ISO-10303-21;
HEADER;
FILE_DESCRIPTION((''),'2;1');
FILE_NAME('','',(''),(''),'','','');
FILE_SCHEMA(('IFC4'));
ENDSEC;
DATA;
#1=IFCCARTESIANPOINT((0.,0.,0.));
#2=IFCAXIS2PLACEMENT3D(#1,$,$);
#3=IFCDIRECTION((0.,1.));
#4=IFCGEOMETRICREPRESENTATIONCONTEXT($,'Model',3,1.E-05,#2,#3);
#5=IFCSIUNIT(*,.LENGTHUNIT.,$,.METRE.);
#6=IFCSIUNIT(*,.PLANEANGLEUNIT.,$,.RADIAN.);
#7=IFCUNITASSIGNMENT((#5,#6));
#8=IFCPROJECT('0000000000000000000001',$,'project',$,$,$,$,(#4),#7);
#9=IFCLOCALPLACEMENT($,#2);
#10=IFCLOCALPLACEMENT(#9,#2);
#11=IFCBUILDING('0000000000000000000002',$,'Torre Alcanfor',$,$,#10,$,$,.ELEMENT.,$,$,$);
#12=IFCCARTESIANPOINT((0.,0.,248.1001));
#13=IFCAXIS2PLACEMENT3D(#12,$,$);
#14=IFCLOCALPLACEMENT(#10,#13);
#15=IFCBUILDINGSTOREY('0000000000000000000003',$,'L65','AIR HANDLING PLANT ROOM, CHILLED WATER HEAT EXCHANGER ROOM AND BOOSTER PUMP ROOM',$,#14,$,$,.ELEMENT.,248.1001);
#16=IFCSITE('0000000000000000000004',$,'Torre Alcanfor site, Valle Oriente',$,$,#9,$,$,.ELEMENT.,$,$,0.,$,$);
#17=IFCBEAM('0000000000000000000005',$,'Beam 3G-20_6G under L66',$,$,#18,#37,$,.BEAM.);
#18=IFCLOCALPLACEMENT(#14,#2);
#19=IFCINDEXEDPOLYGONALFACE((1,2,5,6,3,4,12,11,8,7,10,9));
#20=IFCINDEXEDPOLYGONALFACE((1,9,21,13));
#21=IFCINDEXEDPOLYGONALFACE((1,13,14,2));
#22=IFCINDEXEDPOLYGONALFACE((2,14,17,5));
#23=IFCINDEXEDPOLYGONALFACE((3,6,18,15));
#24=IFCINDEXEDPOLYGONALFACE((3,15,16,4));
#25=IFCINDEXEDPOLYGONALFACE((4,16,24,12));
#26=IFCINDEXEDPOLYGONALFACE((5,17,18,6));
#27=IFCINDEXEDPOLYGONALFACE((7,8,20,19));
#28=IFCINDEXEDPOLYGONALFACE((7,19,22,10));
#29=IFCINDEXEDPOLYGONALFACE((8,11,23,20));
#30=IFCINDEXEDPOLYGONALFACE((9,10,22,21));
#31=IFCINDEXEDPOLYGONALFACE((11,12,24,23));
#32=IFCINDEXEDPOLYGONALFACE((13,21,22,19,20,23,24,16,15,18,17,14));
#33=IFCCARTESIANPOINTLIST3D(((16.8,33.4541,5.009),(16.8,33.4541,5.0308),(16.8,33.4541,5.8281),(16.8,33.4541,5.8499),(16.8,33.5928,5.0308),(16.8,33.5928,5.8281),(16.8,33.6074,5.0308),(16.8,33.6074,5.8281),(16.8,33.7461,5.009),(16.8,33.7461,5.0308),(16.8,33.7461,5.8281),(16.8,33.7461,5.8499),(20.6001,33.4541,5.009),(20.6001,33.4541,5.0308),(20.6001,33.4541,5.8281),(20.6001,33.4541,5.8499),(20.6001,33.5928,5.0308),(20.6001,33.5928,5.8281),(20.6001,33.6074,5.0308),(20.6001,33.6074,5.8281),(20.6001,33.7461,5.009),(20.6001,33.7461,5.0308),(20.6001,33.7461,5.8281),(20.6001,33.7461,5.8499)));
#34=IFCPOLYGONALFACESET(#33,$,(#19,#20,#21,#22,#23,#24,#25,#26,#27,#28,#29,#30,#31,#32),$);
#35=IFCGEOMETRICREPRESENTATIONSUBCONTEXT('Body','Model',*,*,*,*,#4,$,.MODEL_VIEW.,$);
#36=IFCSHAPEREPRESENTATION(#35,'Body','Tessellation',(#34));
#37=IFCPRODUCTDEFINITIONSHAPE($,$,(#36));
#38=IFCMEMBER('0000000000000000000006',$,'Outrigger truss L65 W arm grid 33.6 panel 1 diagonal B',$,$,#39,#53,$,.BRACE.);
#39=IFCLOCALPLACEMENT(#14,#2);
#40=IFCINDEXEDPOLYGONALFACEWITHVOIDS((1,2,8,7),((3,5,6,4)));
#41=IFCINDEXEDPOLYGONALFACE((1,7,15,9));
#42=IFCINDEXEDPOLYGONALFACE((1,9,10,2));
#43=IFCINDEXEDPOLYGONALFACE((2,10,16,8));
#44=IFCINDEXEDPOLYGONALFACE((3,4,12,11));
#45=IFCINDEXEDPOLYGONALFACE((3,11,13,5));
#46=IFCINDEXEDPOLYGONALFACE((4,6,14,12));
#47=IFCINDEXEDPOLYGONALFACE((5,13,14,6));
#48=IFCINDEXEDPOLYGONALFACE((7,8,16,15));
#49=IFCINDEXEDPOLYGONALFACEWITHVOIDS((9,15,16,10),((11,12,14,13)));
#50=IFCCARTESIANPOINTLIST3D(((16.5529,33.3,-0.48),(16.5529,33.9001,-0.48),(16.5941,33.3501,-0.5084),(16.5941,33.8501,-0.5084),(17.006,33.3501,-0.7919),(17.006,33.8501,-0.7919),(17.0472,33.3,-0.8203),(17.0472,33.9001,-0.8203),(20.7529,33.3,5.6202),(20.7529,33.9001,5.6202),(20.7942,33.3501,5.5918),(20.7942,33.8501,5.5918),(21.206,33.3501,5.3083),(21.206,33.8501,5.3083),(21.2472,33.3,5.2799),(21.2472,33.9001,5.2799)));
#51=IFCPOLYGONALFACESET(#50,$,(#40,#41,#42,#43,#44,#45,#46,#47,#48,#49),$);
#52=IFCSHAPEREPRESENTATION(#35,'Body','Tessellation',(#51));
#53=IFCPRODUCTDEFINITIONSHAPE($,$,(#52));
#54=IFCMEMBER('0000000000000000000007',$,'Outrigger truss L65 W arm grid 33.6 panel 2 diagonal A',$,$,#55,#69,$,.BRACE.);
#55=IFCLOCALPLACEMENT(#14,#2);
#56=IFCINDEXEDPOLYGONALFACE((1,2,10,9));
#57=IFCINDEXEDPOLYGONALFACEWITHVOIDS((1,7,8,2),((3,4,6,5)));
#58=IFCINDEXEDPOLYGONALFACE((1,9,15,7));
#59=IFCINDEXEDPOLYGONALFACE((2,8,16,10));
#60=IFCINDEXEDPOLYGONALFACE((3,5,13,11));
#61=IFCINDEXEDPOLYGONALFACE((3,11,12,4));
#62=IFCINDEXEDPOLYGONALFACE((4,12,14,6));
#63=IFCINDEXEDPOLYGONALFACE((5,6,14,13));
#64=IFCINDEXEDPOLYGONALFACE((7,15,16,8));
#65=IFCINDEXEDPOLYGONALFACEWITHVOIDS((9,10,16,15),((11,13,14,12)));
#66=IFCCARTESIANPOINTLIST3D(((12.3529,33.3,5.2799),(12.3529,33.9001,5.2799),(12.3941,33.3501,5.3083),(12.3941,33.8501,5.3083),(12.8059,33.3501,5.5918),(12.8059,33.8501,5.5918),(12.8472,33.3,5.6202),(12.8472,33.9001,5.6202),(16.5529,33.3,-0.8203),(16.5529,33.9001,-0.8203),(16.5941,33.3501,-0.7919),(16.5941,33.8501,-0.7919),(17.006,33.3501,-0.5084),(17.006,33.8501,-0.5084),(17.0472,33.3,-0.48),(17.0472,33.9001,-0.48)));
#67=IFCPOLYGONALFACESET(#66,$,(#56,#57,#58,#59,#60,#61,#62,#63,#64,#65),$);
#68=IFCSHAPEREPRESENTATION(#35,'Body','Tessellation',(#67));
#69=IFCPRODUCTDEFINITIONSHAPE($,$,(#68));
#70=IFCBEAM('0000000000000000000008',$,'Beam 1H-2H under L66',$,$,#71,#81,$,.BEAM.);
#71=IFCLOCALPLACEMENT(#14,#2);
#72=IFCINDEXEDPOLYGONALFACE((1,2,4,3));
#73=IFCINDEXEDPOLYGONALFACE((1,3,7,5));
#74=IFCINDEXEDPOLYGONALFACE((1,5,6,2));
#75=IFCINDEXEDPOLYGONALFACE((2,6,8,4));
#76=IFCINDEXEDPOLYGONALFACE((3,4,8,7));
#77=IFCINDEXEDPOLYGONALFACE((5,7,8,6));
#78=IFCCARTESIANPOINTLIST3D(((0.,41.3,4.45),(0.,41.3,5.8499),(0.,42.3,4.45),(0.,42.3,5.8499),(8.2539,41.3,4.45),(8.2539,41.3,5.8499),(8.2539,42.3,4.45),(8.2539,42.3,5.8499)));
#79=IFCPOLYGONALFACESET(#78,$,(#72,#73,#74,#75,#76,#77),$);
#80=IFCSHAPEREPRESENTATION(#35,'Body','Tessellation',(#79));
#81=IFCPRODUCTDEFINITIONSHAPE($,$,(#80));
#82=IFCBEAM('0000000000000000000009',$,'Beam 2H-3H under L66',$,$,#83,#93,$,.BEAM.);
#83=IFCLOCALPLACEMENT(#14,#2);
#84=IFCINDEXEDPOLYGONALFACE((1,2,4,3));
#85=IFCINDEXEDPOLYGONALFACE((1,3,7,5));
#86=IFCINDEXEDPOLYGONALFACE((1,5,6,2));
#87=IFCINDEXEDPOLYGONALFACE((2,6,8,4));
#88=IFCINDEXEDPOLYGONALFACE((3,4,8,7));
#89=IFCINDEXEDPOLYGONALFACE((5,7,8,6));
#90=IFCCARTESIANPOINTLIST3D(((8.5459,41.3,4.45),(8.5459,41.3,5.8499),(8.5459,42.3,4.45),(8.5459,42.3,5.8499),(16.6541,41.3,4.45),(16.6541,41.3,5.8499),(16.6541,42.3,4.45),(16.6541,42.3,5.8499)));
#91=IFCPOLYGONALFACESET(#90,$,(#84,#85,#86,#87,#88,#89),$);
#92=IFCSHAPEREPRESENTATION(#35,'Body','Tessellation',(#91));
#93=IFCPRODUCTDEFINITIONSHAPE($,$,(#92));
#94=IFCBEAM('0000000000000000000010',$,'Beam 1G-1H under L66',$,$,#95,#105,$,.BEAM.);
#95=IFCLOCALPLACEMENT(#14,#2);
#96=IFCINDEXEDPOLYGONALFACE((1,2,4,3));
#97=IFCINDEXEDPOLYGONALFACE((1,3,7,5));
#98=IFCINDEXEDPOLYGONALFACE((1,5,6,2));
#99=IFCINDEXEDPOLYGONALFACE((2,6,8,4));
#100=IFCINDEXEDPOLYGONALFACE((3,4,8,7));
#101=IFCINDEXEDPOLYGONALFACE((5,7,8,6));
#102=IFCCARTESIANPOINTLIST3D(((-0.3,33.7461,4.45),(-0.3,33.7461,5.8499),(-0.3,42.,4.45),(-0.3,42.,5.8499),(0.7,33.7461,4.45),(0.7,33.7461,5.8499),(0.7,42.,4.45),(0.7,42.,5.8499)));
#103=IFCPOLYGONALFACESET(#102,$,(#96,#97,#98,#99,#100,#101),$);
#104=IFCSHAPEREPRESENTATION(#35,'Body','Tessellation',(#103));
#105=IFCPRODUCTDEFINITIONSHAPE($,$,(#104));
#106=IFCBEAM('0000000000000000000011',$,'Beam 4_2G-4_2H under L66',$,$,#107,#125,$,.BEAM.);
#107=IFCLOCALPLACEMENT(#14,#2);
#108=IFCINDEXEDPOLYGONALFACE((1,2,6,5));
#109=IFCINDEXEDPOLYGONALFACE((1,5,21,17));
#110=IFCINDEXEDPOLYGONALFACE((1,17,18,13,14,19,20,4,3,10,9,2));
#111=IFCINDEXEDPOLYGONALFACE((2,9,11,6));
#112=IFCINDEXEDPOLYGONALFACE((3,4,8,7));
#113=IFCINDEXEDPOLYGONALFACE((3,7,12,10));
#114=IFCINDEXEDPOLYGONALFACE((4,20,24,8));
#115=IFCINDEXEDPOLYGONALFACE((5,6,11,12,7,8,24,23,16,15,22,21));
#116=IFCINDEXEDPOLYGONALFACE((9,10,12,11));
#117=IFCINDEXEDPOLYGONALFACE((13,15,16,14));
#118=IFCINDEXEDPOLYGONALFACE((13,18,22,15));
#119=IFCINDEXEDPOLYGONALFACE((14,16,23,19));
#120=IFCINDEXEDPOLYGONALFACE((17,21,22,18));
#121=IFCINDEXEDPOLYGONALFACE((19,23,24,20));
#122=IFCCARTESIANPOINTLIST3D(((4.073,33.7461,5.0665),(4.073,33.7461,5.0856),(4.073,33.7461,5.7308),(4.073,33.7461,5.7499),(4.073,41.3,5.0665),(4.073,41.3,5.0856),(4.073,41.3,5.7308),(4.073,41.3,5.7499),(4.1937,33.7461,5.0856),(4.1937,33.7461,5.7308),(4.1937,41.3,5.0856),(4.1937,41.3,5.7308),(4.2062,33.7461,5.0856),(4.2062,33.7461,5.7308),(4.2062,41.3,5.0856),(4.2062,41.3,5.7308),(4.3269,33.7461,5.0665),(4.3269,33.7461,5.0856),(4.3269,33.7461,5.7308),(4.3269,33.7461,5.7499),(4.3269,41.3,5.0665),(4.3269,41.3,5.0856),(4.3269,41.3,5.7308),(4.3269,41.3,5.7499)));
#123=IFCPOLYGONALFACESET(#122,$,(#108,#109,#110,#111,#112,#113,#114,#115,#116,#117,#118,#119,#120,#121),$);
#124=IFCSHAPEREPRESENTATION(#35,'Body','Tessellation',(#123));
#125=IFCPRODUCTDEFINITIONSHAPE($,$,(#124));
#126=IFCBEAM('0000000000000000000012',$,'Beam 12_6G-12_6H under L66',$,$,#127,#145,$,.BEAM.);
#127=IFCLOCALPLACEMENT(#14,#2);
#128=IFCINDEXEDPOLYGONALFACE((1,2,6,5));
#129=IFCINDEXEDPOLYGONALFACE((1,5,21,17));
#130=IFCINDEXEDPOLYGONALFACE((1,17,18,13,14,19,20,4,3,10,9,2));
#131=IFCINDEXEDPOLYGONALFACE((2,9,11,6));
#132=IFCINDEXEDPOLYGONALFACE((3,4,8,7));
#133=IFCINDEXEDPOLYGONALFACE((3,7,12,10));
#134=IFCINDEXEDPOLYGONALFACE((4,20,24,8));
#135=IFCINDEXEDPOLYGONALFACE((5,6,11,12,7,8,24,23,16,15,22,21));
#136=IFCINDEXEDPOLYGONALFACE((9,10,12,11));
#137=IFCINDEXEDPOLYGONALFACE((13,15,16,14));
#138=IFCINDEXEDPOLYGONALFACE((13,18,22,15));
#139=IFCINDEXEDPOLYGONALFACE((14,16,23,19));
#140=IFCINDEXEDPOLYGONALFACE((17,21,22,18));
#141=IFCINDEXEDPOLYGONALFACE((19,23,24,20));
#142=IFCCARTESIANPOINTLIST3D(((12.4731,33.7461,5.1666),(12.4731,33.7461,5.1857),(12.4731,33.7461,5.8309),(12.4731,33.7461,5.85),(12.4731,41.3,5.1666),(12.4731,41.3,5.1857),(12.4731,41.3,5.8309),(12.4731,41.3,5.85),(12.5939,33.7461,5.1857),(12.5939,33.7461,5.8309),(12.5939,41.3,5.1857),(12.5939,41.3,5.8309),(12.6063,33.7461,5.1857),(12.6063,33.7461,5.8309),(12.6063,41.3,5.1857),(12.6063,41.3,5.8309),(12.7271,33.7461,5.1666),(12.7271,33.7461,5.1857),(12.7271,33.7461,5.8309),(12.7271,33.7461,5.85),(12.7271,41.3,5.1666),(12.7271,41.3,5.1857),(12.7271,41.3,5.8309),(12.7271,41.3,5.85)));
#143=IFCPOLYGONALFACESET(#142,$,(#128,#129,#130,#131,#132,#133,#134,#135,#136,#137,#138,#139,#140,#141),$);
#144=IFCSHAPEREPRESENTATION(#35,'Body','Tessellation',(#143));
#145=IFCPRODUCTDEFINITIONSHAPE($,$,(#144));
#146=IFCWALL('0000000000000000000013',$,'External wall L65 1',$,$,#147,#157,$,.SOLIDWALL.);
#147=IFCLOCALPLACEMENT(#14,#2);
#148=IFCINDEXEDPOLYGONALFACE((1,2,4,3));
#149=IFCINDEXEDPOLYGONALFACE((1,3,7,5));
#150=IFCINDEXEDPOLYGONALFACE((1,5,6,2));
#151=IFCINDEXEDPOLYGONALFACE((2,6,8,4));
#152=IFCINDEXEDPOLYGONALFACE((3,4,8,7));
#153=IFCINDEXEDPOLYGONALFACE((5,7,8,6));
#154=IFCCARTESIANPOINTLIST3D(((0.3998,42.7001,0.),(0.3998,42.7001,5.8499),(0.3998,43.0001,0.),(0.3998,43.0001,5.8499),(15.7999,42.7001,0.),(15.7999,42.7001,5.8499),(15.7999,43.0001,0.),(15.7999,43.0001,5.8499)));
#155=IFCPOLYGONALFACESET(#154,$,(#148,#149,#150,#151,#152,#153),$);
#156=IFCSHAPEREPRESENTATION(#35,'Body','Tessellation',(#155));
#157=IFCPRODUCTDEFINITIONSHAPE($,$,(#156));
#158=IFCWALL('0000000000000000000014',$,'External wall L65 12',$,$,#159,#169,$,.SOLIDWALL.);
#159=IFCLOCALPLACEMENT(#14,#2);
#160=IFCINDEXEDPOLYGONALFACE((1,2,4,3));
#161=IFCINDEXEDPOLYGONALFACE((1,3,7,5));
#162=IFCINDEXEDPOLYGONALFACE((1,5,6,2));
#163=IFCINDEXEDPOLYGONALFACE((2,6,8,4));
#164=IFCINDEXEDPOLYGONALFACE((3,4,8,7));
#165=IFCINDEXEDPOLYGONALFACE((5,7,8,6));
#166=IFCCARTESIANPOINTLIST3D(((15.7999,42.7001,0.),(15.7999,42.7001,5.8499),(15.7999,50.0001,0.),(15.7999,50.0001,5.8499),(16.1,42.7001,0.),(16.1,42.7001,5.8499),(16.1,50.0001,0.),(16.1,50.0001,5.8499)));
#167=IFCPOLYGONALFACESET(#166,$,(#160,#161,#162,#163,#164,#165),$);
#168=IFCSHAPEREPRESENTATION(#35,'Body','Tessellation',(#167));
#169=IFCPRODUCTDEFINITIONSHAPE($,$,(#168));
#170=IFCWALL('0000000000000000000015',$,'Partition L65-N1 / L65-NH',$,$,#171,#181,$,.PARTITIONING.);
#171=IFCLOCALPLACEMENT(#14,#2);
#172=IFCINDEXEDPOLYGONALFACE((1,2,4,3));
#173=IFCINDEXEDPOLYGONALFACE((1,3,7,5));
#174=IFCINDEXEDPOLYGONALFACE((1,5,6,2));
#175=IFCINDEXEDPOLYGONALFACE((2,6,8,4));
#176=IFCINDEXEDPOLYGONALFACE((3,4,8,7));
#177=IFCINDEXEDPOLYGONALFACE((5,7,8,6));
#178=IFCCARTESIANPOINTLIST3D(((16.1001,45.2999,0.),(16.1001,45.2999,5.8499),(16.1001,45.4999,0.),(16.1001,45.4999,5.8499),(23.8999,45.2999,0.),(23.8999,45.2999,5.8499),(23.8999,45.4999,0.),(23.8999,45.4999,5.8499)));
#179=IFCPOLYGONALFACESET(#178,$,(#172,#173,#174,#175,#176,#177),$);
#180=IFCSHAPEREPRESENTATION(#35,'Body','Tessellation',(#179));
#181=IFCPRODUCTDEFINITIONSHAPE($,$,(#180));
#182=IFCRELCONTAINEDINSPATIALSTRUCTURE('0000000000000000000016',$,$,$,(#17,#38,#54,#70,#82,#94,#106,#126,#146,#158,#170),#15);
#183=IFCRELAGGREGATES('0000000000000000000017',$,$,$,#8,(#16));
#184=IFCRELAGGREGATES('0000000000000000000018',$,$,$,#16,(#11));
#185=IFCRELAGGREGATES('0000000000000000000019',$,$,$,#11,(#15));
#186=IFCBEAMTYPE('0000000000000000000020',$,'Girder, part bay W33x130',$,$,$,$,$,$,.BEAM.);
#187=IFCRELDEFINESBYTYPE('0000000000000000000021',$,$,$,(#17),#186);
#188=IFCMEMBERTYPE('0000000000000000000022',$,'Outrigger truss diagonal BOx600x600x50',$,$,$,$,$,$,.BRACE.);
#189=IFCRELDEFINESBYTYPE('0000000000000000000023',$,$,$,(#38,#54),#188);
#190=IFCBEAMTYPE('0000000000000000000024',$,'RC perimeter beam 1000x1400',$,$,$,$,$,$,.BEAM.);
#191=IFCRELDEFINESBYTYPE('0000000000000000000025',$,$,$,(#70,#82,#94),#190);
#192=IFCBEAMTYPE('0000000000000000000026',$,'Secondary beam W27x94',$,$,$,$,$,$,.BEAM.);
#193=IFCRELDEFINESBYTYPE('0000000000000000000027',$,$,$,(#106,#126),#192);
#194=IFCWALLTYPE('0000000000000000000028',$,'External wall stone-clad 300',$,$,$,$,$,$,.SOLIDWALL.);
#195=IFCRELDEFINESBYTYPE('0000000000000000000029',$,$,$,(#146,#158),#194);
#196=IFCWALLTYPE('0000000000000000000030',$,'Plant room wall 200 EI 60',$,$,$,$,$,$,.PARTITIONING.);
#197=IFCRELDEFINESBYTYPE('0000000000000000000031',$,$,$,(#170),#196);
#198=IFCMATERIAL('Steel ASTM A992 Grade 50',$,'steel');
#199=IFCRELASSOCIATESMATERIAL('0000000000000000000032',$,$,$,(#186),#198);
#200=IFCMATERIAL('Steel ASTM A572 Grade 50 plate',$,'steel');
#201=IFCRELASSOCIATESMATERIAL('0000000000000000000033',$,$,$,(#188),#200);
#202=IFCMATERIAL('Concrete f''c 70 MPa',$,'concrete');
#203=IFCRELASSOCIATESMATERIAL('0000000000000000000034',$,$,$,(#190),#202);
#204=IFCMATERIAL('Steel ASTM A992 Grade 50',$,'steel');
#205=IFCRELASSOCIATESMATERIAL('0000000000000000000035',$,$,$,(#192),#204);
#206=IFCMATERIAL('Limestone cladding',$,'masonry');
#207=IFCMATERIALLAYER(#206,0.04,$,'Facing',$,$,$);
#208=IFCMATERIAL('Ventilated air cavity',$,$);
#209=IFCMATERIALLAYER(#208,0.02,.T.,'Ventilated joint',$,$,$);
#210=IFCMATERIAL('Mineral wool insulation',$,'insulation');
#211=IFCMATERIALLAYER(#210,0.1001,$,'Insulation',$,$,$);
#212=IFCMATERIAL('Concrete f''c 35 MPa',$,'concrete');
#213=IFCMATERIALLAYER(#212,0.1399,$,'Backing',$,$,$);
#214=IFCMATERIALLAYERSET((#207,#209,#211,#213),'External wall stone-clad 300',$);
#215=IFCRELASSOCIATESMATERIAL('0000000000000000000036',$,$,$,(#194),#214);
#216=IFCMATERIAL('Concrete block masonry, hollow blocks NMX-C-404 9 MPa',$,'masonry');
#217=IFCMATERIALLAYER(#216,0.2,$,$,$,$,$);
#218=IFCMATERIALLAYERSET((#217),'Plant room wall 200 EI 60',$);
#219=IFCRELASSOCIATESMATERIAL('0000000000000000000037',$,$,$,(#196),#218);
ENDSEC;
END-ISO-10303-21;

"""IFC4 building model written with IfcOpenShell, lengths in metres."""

from ifc_helpers import new_model, si_unit, direction, frame, frame_2d, origin, origin_2d, place, context, subcontext, project, spatial, rectangle, hollow_rectangle, i_section, extrude, material, layer, layer_set, material_profile, profile_set, type_object, element, save


model = new_model("IFC4")

# Units and contexts
model_context = context("Model", 3, precision=1e-05, world=origin(), true_north=direction((0.0, 1.0)))
body_context = subcontext(model_context, "Body", "Model", "MODEL_VIEW")
ifc_project = project(units=[si_unit("LENGTHUNIT", "METRE"), si_unit("PLANEANGLEUNIT", "RADIAN")], contexts=[model_context])

# Site, building, storey
site_placement = place(None, origin())
site = spatial("IfcSite", under=ifc_project, at=site_placement, Name="Torre Alcanfor site, Valle Oriente", CompositionType="ELEMENT", RefElevation=0.0)
building_placement = place(site_placement, origin())
building = spatial("IfcBuilding", under=site, at=building_placement, Name="Torre Alcanfor", CompositionType="ELEMENT")
storey_placement = place(building_placement, frame((0.0, 0.0, 248.1001)))
storey = spatial("IfcBuildingStorey", under=building, at=storey_placement, Name="L65", Description="AIR HANDLING PLANT ROOM, CHILLED WATER HEAT EXCHANGER ROOM AND BOOSTER PUMP ROOM", CompositionType="ELEMENT", Elevation=248.1001)

# Beam
ifc_material_1 = material(Name="Steel ASTM A992 Grade 50", Category="steel")
ifc_material_profile_1 = material_profile(ifc_material_1, i_section(OverallWidth=0.292, OverallDepth=0.8408, WebThickness=0.0146, FlangeThickness=0.0217, at=origin_2d()), Name="W33x130")
ifc_profile_set_1 = profile_set([ifc_material_profile_1], Name="Steel ASTM A992 Grade 50")
beam_type_1 = type_object("IfcBeamType", Name="Girder, part bay W33x130", PredefinedType="BEAM", material=ifc_profile_set_1)
beam_1_placement = place(storey_placement, frame((16.8, 33.6001, 5.4294), z_axis=(1.0, 0.0, 0.0), x_axis=(0.0, 1.0, 0.0)))
element("IfcBeam", 1, at=beam_1_placement, inside=storey, type_object=beam_type_1, Name="Beam 3G-20_6G under L66", PredefinedType="BEAM", context=body_context, shape_type="SweptSolid", body=[
    extrude(i_section(OverallWidth=0.292, OverallDepth=0.8408, WebThickness=0.0146, FlangeThickness=0.0217, at=origin_2d()), origin(), (0.0, 0.0, 1.0), 3.8),
])

# Members
ifc_material_2 = material(Name="Steel ASTM A572 Grade 50 plate", Category="steel")
ifc_material_profile_2 = material_profile(ifc_material_2, hollow_rectangle(XDim=0.6001, YDim=0.6001, WallThickness=0.05, at=origin_2d()), Name="BOX 600x600x50")
ifc_profile_set_2 = profile_set([ifc_material_profile_2], Name="Steel ASTM A572 Grade 50 plate")
member_type_1 = type_object("IfcMemberType", Name="Outrigger truss diagonal BOx600x600x50", PredefinedType="BRACE", material=ifc_profile_set_2)
for number, where, z_axis, x_axis, name in (
    (2, (16.8, 33.6001, -0.6501), (0.567091, 0.0, 0.823655), (0.0, 1.0, 0.0), "Outrigger truss L65 W arm grid 33.6 panel 1 diagonal B"),
    (3, (16.8, 33.6001, -0.6501), (-0.567091, 0.0, 0.823655), (0.0, -1.0, 0.0), "Outrigger truss L65 W arm grid 33.6 panel 2 diagonal A"),
):
    element("IfcMember", number, at=place(storey_placement, frame(where, z_axis=z_axis, x_axis=x_axis)), inside=storey, type_object=member_type_1, Name=name, PredefinedType="BRACE", context=body_context, shape_type="SweptSolid", body=[
        extrude(hollow_rectangle(XDim=0.6001, YDim=0.6001, WallThickness=0.05, at=origin_2d()), origin(), (0.0, 0.0, 1.0), 7.4062),
    ])

# Beams
ifc_material_3 = material(Name="Concrete f'c 70 MPa", Category="concrete")
ifc_material_profile_3 = material_profile(ifc_material_3, rectangle(XDim=1.0, YDim=1.3999, at=origin_2d()), Name="1000x1400")
ifc_profile_set_3 = profile_set([ifc_material_profile_3], Name="Concrete f'c 70 MPa")
beam_type_2 = type_object("IfcBeamType", Name="RC perimeter beam 1000x1400", PredefinedType="BEAM", material=ifc_profile_set_3)
beam_2_placement = place(storey_placement, frame((0.0, 41.8, 5.1499), z_axis=(1.0, 0.0, 0.0), x_axis=(0.0, 1.0, 0.0)))
element("IfcBeam", 4, at=beam_2_placement, inside=storey, type_object=beam_type_2, Name="Beam 1H-2H under L66", PredefinedType="BEAM", context=body_context, shape_type="SweptSolid", body=[
    extrude(rectangle(XDim=1.0, YDim=1.3999, at=origin_2d()), origin(), (0.0, 0.0, 1.0), 8.2539),
])
beam_3_placement = place(storey_placement, frame((8.5459, 41.8, 5.1499), z_axis=(1.0, 0.0, 0.0), x_axis=(0.0, 1.0, 0.0)))
element("IfcBeam", 5, at=beam_3_placement, inside=storey, type_object=beam_type_2, Name="Beam 2H-3H under L66", PredefinedType="BEAM", context=body_context, shape_type="SweptSolid", body=[
    extrude(rectangle(XDim=1.0, YDim=1.3999, at=origin_2d()), origin(), (0.0, 0.0, 1.0), 8.1082),
])
beam_4_placement = place(storey_placement, frame((0.2, 33.7461, 5.1499), z_axis=(0.0, 1.0, 0.0), x_axis=(-1.0, 0.0, 0.0)))
element("IfcBeam", 6, at=beam_4_placement, inside=storey, type_object=beam_type_2, Name="Beam 1G-1H under L66", PredefinedType="BEAM", context=body_context, shape_type="SweptSolid", body=[
    extrude(rectangle(XDim=1.0, YDim=1.3999, at=origin_2d()), origin(), (0.0, 0.0, 1.0), 8.2539),
])
ifc_material_4 = material(Name="Steel ASTM A992 Grade 50", Category="steel")
ifc_material_profile_4 = material_profile(ifc_material_4, i_section(OverallWidth=0.2539, OverallDepth=0.6833, WebThickness=0.0125, FlangeThickness=0.019, at=origin_2d()), Name="W27x94")
ifc_profile_set_4 = profile_set([ifc_material_profile_4], Name="Steel ASTM A992 Grade 50")
beam_type_3 = type_object("IfcBeamType", Name="Secondary beam W27x94", PredefinedType="BEAM", material=ifc_profile_set_4)
for number, where, z_axis, x_axis, name in (
    (7, (4.2, 33.7461, 5.4082), (0.0, 1.0, 0.0), (-1.0, 0.0, 0.0), "Beam 4_2G-4_2H under L66"),
    (8, (12.6001, 33.7461, 5.5083), (0.0, 1.0, 0.0), (-1.0, 0.0, 0.0), "Beam 12_6G-12_6H under L66"),
):
    element("IfcBeam", number, at=place(storey_placement, frame(where, z_axis=z_axis, x_axis=x_axis)), inside=storey, type_object=beam_type_3, Name=name, PredefinedType="BEAM", context=body_context, shape_type="SweptSolid", body=[
        extrude(i_section(OverallWidth=0.2539, OverallDepth=0.6833, WebThickness=0.0125, FlangeThickness=0.019, at=origin_2d()), origin(), (0.0, 0.0, 1.0), 7.554),
    ])

# Walls
ifc_material_5 = material(Name="Limestone cladding", Category="masonry")
ifc_layer_1 = layer(ifc_material_5, 0.04, Name="Facing")
ifc_material_6 = material(Name="Ventilated air cavity")
ifc_layer_2 = layer(ifc_material_6, 0.02, ventilated=True, Name="Ventilated joint")
ifc_material_7 = material(Name="Mineral wool insulation", Category="insulation")
ifc_layer_3 = layer(ifc_material_7, 0.1001, Name="Insulation")
ifc_material_8 = material(Name="Concrete f'c 35 MPa", Category="concrete")
ifc_layer_4 = layer(ifc_material_8, 0.1399, Name="Backing")
ifc_layer_set_1 = layer_set([ifc_layer_1, ifc_layer_2, ifc_layer_3, ifc_layer_4], Name="External wall stone-clad 300")
wall_type_1 = type_object("IfcWallType", Name="External wall stone-clad 300", PredefinedType="SOLIDWALL", material=ifc_layer_set_1)
wall_1_placement = place(storey_placement, frame((15.8, 42.8501, 0.0), z_axis=(0.0, 0.0, 1.0), x_axis=(-1.0, 0.0, 0.0)))
element("IfcWall", 9, at=wall_1_placement, inside=storey, type_object=wall_type_1, Name="External wall L65 1", PredefinedType="SOLIDWALL", context=body_context, shape_type="SweptSolid", body=[
    extrude(rectangle(XDim=15.4001, YDim=0.3, at=frame_2d((7.7002, 0.0))), origin(), (0.0, 0.0, 1.0), 5.8499),
])
wall_2_placement = place(storey_placement, frame((15.95, 50.0, 0.0), z_axis=(0.0, 0.0, 1.0), x_axis=(0.0, -1.0, 0.0)))
element("IfcWall", 10, at=wall_2_placement, inside=storey, type_object=wall_type_1, Name="External wall L65 12", PredefinedType="SOLIDWALL", context=body_context, shape_type="SweptSolid", body=[
    extrude(rectangle(XDim=7.3, YDim=0.3, at=frame_2d((3.6499, 0.0))), origin(), (0.0, 0.0, 1.0), 5.8499),
])
ifc_material_9 = material(Name="Concrete block masonry, hollow blocks NMX-C-404 9 MPa", Category="masonry")
ifc_layer_5 = layer(ifc_material_9, 0.2)
ifc_layer_set_2 = layer_set([ifc_layer_5], Name="Plant room wall 200 EI 60")
wall_type_2 = type_object("IfcWallType", Name="Plant room wall 200 EI 60", PredefinedType="PARTITIONING", material=ifc_layer_set_2)
wall_3_placement = place(storey_placement, frame((16.1001, 45.3999, 0.0), z_axis=(0.0, 0.0, 1.0), x_axis=(1.0, 0.0, 0.0)))
element("IfcWall", 11, at=wall_3_placement, inside=storey, type_object=wall_type_2, Name="Partition L65-N1 / L65-NH", PredefinedType="PARTITIONING", context=body_context, shape_type="SweptSolid", body=[
    extrude(rectangle(XDim=7.7998, YDim=0.2, at=frame_2d((3.8999, 0.0))), origin(), (0.0, 0.0, 1.0), 5.8499),
])

save(model, "model.ifc")
